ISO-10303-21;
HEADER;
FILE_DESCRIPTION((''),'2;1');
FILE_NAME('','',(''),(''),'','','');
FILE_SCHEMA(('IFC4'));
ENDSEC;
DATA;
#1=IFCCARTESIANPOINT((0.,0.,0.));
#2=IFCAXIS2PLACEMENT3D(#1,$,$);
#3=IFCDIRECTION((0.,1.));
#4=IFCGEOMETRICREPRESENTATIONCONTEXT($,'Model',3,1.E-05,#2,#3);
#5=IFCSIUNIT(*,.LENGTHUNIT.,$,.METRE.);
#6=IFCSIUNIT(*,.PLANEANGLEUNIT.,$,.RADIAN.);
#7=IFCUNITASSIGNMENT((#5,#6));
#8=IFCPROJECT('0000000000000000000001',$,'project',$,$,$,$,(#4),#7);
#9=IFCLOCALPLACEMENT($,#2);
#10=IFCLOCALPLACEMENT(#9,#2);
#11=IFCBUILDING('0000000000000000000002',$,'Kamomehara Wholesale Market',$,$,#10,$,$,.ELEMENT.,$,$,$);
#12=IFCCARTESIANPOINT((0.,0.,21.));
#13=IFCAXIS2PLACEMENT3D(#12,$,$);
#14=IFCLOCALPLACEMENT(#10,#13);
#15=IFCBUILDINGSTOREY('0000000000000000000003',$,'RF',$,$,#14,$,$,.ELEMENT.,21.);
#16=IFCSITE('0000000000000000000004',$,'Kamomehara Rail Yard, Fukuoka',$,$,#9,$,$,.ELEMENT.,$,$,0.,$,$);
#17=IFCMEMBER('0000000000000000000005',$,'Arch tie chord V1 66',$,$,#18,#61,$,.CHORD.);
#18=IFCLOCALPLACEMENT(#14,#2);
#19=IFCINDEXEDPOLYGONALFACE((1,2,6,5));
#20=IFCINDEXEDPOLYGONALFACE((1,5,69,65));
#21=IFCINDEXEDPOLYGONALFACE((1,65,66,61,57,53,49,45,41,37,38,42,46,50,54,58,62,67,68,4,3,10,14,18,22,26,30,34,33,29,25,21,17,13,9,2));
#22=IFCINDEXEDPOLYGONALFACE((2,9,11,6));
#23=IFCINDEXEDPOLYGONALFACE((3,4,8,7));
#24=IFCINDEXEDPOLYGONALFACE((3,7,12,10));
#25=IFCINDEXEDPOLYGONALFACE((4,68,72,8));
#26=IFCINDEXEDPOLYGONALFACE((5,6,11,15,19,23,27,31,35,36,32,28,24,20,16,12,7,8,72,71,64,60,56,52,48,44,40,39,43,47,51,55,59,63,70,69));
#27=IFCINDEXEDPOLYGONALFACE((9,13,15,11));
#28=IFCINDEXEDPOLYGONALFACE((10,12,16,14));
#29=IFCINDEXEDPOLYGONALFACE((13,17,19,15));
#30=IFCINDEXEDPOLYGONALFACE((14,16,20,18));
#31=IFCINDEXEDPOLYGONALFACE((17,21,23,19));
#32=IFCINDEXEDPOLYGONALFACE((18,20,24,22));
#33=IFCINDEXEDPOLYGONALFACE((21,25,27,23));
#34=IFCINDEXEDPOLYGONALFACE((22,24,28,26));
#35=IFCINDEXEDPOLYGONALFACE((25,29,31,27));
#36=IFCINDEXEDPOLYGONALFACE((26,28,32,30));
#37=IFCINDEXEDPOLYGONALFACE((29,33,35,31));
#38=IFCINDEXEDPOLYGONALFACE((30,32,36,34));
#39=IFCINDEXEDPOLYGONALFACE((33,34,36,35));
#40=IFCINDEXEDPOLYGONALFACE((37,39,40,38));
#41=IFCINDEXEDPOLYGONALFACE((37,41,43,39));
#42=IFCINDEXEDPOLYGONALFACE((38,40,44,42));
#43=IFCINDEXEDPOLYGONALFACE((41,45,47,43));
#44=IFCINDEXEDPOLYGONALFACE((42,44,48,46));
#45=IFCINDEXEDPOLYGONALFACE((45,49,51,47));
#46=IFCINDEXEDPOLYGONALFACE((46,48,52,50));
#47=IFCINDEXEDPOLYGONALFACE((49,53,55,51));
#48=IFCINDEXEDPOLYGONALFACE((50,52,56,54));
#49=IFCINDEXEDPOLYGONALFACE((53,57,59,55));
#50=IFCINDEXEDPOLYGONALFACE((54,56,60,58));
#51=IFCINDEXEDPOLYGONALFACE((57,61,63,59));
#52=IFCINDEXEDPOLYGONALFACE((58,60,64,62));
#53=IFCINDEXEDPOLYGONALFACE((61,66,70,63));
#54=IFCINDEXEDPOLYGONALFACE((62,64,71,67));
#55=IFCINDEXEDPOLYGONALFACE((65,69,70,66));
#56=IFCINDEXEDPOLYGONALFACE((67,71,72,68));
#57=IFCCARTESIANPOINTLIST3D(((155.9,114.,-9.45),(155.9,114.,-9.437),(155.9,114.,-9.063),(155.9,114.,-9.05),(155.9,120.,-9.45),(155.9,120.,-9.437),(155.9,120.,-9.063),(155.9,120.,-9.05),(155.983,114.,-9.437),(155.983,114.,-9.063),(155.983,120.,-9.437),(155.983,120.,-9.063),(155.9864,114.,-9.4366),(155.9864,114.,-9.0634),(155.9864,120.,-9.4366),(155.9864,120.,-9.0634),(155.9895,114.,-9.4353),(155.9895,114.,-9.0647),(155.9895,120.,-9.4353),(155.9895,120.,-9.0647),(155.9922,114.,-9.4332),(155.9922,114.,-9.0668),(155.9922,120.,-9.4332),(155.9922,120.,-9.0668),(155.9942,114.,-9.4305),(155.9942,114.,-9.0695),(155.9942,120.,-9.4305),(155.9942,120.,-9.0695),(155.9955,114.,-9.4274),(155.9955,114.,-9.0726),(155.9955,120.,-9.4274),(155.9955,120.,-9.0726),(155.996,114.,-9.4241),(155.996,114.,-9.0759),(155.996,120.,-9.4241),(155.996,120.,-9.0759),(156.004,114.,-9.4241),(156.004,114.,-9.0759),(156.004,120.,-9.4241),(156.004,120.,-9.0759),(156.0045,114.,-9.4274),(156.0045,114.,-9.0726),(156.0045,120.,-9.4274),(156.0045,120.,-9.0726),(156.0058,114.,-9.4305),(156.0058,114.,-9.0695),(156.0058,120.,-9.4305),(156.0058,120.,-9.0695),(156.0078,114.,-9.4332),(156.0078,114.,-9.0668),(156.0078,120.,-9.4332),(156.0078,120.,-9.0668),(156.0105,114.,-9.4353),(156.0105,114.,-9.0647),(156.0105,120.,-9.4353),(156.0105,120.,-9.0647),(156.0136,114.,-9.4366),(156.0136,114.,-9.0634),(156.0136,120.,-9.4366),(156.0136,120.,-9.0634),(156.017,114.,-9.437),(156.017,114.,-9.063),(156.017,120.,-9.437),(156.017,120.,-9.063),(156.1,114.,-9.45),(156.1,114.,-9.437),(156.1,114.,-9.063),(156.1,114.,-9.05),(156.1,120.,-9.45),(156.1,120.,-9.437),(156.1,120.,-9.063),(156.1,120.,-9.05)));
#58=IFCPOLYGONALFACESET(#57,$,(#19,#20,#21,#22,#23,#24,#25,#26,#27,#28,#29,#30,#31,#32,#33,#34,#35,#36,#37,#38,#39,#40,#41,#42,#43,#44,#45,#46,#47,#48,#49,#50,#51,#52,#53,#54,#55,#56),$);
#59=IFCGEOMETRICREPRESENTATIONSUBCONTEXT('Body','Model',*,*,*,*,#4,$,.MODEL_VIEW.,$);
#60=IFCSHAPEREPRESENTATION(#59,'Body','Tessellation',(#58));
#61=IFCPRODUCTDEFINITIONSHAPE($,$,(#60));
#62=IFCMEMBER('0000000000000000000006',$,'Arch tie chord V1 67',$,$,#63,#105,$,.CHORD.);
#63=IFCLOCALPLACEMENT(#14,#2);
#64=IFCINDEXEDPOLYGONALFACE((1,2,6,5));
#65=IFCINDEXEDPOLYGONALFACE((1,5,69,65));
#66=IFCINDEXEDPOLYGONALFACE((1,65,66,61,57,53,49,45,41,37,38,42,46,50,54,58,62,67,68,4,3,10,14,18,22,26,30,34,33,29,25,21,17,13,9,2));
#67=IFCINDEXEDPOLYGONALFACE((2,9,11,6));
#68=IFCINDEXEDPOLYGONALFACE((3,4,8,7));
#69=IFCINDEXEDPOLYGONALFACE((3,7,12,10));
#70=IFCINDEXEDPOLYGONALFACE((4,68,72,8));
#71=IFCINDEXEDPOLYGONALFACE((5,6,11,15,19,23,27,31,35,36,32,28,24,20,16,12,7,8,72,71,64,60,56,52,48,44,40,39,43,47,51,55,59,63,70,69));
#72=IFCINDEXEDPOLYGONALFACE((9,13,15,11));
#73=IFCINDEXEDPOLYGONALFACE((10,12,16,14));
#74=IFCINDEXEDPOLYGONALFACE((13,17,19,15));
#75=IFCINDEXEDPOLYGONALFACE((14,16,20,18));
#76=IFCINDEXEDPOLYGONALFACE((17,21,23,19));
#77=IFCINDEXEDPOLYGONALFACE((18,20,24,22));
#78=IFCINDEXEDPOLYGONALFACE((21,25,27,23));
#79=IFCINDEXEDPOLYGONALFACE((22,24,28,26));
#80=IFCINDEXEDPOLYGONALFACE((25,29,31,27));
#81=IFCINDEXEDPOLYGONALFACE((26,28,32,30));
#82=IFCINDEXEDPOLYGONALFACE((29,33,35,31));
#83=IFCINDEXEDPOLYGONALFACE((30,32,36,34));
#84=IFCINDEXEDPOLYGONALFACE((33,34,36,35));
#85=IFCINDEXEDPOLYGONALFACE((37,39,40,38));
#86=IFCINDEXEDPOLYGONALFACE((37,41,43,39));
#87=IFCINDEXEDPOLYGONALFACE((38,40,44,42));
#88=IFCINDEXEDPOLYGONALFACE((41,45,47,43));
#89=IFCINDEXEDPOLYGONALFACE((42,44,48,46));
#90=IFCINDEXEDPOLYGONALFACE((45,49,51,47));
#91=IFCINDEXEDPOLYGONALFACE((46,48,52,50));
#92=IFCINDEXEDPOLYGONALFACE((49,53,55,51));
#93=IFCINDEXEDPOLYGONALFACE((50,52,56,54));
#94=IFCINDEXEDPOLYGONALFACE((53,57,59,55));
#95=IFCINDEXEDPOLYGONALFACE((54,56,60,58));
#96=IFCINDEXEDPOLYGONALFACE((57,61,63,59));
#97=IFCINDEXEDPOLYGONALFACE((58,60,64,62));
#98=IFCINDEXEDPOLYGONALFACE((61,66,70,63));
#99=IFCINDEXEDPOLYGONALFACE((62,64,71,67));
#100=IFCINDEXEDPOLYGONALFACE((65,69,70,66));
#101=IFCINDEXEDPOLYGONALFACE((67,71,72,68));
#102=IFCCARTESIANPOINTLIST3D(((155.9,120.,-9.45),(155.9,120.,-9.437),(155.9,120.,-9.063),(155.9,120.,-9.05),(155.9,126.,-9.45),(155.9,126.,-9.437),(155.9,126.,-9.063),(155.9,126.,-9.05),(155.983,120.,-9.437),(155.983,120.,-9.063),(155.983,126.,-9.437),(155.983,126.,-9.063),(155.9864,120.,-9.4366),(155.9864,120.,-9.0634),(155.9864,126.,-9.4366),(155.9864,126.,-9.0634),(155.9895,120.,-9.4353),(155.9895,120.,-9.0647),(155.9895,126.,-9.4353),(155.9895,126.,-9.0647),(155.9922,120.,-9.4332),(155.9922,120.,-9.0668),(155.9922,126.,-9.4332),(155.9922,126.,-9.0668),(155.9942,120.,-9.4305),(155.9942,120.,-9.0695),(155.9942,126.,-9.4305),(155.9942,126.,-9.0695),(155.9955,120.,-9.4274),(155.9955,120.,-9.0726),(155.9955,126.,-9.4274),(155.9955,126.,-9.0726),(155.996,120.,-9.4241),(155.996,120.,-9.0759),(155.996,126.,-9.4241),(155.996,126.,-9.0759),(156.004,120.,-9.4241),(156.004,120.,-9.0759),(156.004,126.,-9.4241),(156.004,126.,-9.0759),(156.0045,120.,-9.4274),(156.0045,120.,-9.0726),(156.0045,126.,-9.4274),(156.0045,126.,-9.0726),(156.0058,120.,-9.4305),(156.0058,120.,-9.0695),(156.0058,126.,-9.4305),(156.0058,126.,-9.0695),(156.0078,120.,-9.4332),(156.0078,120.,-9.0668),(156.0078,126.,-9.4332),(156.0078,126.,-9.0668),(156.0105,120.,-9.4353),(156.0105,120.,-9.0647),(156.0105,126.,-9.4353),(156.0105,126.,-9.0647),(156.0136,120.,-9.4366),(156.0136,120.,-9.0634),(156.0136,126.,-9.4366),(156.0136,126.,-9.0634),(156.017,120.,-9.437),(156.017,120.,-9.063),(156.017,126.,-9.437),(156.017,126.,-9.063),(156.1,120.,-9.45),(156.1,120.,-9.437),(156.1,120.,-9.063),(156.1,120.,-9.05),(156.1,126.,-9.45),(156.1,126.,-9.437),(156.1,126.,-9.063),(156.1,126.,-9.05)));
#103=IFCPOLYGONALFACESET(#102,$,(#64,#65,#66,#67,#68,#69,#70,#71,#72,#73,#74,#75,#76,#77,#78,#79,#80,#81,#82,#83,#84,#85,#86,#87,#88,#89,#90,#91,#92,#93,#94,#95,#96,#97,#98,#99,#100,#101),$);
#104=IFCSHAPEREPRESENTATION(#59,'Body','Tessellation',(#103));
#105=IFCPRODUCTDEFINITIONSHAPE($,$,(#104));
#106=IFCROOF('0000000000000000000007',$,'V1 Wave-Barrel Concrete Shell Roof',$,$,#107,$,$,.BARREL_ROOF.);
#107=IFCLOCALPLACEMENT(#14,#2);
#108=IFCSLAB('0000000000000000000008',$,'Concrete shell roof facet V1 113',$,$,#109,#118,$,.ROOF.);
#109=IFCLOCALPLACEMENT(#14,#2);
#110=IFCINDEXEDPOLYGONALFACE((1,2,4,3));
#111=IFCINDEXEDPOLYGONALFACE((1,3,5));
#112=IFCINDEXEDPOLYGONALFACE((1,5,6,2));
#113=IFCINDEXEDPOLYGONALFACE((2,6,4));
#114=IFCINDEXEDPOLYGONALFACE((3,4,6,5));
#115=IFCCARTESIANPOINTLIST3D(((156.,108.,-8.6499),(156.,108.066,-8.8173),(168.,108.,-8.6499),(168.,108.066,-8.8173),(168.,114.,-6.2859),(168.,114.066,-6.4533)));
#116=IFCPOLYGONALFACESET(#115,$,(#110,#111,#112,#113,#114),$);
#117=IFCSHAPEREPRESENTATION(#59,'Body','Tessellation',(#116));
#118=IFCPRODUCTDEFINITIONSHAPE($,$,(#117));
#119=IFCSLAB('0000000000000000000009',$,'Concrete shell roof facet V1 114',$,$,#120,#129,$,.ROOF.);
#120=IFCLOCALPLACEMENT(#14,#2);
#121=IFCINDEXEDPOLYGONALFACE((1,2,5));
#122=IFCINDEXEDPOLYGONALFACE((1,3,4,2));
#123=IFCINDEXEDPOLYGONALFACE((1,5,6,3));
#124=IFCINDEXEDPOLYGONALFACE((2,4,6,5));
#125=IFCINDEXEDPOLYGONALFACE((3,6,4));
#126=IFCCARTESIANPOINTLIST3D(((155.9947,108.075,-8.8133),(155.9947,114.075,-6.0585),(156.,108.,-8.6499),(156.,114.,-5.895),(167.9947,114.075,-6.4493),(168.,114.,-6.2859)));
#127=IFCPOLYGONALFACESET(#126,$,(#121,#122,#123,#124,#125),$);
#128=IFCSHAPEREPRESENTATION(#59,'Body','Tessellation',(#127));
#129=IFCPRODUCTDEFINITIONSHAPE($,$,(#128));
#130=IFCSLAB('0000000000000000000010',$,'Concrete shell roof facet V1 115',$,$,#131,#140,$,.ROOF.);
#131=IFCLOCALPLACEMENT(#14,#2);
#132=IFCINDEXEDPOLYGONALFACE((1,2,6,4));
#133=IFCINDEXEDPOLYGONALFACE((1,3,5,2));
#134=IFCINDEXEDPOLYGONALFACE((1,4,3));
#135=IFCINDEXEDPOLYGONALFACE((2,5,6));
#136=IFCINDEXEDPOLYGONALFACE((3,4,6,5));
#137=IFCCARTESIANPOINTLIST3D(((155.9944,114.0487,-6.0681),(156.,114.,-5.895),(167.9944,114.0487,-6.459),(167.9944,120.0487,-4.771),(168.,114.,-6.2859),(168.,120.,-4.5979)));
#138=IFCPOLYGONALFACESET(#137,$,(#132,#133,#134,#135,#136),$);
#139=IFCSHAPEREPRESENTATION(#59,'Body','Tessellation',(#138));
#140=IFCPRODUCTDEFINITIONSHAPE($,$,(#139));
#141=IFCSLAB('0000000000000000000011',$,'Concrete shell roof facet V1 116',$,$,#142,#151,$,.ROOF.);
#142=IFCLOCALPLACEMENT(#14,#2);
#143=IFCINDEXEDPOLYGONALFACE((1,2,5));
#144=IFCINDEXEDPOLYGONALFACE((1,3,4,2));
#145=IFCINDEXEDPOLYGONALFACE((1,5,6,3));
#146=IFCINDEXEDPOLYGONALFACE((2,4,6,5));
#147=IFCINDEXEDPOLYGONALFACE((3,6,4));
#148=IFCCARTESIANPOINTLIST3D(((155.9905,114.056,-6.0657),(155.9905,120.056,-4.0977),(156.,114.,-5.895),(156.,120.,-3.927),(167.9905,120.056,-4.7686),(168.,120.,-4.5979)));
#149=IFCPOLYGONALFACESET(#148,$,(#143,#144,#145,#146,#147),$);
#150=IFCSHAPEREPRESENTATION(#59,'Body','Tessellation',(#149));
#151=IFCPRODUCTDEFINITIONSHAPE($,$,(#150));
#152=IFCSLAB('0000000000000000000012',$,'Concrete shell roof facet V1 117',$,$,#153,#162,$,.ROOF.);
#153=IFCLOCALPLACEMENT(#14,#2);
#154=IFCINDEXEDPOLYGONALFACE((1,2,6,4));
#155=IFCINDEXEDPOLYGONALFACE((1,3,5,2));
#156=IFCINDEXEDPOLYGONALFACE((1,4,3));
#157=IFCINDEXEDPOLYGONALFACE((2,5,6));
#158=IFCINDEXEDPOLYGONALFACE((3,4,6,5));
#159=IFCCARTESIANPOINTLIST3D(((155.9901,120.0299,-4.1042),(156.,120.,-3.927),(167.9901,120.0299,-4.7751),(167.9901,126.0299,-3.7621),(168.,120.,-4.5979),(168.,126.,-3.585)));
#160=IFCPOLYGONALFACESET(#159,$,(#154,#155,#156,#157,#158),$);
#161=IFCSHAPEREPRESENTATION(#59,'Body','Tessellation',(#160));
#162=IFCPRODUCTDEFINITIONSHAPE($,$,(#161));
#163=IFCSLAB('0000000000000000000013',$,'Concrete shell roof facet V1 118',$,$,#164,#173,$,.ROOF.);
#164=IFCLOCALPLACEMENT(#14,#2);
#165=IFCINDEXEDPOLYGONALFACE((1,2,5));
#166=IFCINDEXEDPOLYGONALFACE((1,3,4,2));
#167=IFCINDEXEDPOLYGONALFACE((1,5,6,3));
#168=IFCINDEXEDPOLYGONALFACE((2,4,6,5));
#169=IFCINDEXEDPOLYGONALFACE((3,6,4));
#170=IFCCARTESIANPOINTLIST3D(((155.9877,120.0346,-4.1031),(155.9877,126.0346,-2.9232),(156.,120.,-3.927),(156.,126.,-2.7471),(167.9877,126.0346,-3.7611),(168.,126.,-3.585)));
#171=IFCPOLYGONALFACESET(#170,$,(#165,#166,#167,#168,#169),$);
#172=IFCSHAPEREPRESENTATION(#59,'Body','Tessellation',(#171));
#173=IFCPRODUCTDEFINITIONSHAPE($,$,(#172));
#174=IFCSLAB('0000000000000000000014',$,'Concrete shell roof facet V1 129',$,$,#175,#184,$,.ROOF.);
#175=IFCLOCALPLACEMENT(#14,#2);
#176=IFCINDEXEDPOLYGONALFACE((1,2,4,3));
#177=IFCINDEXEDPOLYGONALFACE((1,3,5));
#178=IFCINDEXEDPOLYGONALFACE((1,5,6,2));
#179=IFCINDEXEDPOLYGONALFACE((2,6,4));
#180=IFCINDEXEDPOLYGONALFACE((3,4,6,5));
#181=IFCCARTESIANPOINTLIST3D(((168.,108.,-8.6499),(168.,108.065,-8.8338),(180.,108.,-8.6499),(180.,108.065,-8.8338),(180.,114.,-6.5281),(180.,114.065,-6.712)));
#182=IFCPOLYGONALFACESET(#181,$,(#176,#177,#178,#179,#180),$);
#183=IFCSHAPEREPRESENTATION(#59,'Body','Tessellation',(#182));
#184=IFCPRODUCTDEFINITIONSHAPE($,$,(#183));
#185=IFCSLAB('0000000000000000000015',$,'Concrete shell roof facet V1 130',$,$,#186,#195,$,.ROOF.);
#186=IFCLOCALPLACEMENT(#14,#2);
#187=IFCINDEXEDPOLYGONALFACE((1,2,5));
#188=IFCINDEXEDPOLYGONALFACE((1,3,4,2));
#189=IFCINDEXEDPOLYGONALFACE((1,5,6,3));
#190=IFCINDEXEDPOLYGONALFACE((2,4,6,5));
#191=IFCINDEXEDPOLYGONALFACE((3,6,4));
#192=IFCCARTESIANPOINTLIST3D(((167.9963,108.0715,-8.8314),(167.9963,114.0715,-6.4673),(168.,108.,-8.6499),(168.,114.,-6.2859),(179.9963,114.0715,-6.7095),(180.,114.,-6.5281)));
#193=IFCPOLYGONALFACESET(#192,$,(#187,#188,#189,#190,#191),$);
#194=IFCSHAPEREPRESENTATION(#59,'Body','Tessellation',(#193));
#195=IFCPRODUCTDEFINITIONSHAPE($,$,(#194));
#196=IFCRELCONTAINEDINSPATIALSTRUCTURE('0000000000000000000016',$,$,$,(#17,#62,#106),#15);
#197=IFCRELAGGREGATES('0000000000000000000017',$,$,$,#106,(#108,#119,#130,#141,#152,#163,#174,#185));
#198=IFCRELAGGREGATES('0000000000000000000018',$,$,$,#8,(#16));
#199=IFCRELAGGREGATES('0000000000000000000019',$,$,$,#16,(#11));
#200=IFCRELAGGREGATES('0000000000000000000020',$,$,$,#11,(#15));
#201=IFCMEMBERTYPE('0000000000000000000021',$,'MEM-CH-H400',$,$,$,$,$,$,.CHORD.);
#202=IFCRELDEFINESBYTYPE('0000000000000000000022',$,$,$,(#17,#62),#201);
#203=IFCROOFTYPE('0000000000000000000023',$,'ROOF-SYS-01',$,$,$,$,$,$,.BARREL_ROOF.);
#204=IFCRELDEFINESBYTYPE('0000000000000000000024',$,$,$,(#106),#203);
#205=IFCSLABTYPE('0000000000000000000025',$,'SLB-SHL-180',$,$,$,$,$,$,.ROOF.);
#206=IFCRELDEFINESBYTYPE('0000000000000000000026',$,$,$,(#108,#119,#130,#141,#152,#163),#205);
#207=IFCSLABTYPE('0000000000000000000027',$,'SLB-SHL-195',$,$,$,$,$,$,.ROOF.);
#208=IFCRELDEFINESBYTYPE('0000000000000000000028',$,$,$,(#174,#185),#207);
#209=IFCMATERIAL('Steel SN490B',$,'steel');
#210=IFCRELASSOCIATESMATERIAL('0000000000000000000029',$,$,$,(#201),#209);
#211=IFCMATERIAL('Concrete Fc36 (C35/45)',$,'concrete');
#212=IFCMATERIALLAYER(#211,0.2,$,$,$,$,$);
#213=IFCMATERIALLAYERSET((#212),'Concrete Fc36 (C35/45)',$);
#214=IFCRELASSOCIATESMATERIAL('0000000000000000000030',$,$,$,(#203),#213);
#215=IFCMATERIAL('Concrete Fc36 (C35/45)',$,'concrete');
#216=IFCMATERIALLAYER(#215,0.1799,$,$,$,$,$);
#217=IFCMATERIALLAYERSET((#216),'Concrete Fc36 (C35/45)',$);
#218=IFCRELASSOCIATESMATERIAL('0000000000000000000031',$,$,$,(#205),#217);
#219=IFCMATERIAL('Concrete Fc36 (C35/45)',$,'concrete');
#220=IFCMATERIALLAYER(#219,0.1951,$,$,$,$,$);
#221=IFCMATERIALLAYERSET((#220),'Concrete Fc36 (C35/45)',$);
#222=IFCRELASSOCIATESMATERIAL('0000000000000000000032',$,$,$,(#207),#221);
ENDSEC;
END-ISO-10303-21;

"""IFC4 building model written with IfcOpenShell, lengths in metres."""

from ifc_helpers import new_model, si_unit, direction, frame, origin, origin_2d, place, context, subcontext, project, spatial, polyline, i_section, outline, extrude, material, layer, layer_set, material_profile, profile_set, type_object, element, aggregate, save


model = new_model("IFC4")

# Units and contexts
model_context = context("Model", 3, precision=1e-05, world=origin(), true_north=direction((0.0, 1.0)))
body_context = subcontext(model_context, "Body", "Model", "MODEL_VIEW")
ifc_project = project(units=[si_unit("LENGTHUNIT", "METRE"), si_unit("PLANEANGLEUNIT", "RADIAN")], contexts=[model_context])

# Site, building, storey
site_placement = place(None, origin())
site = spatial("IfcSite", under=ifc_project, at=site_placement, Name="Kamomehara Rail Yard, Fukuoka", CompositionType="ELEMENT", RefElevation=0.0)
building_placement = place(site_placement, origin())
building = spatial("IfcBuilding", under=site, at=building_placement, Name="Kamomehara Wholesale Market", CompositionType="ELEMENT")
storey_placement = place(building_placement, frame((0.0, 0.0, 21.0)))
storey = spatial("IfcBuildingStorey", under=building, at=storey_placement, Name="RF", CompositionType="ELEMENT", Elevation=21.0)

# Members
ifc_material_1 = material(Name="Steel SN490B", Category="steel")
ifc_material_profile_1 = material_profile(ifc_material_1, i_section(OverallWidth=0.2, OverallDepth=0.3999, WebThickness=0.0081, FlangeThickness=0.0129, FilletRadius=0.0129, at=origin_2d()), Name="H-400x200x8x13")
ifc_profile_set_1 = profile_set([ifc_material_profile_1], Name="Steel SN490B")
member_type_1 = type_object("IfcMemberType", Name="MEM-CH-H400", PredefinedType="CHORD", material=ifc_profile_set_1)
for number, where, z_axis, x_axis, name in (
    (1, (156.0, 114.0, -9.25), (0.0, 1.0, 0.0), (-1.0, 0.0, 0.0), "Arch tie chord V1 66"),
    (2, (156.0, 120.0, -9.25), (0.0, 1.0, 0.0), (-1.0, 0.0, 0.0), "Arch tie chord V1 67"),
):
    element("IfcMember", number, at=place(storey_placement, frame(where, z_axis=z_axis, x_axis=x_axis)), inside=storey, type_object=member_type_1, Name=name, PredefinedType="CHORD", context=body_context, shape_type="SweptSolid", body=[
        extrude(i_section(OverallWidth=0.2, OverallDepth=0.3999, WebThickness=0.0081, FlangeThickness=0.0129, FilletRadius=0.0129, at=origin_2d()), origin(), (0.0, 0.0, 1.0), 6.0),
    ])

# Roof, slabs
ifc_material_2 = material(Name="Concrete Fc36 (C35/45)", Category="concrete")
ifc_layer_1 = layer(ifc_material_2, 0.2)
ifc_layer_set_1 = layer_set([ifc_layer_1], Name="Concrete Fc36 (C35/45)")
roof_type = type_object("IfcRoofType", Name="ROOF-SYS-01", PredefinedType="BARREL_ROOF", material=ifc_layer_set_1)
roof_placement = place(storey_placement, origin())
roof = element("IfcRoof", 3, at=roof_placement, inside=storey, type_object=roof_type, Name="V1 Wave-Barrel Concrete Shell Roof", PredefinedType="BARREL_ROOF")
ifc_material_3 = material(Name="Concrete Fc36 (C35/45)", Category="concrete")
ifc_layer_2 = layer(ifc_material_3, 0.1799)
ifc_layer_set_2 = layer_set([ifc_layer_2], Name="Concrete Fc36 (C35/45)")
slab_type_1 = type_object("IfcSlabType", Name="SLB-SHL-180", PredefinedType="ROOF", material=ifc_layer_set_2)
slab_1_placement = place(storey_placement, frame((156.0, 108.0, -8.6499), z_axis=(0.0, -0.366575, 0.930388), x_axis=(1.0, 0.0, 0.0)))
slab_1 = element("IfcSlab", 4, at=slab_1_placement, type_object=slab_type_1, Name="Concrete shell roof facet V1 113", PredefinedType="ROOF", context=body_context, shape_type="SweptSolid", body=[
    extrude(outline(polyline([(0.0, 0.0), (12.0, 0.0), (12.0, 6.4489), (0.0, 0.0)])), origin(), (0.0, 0.0, -1.0), 0.1799),
])
slab_2_placement = place(storey_placement, frame((156.0, 108.0, -8.6499), z_axis=(0.029588, -0.417083, 0.908387), x_axis=(0.880857, 0.440429, 0.17353)))
slab_2 = element("IfcSlab", 5, at=slab_2_placement, type_object=slab_type_1, Name="Concrete shell roof facet V1 114", PredefinedType="ROOF", context=body_context, shape_type="SweptSolid", body=[
    extrude(outline(polyline([(0.0, 0.0), (13.6231, 0.0), (3.1206, 5.8182), (0.0, 0.0)])), origin(), (0.0, 0.0, -1.0), 0.1799),
])
slab_3_placement = place(storey_placement, frame((156.0, 114.0, -5.895), z_axis=(0.03134, -0.270685, 0.962158), x_axis=(0.99947, 0.0, -0.032555)))
slab_3 = element("IfcSlab", 6, at=slab_3_placement, type_object=slab_type_1, Name="Concrete shell roof facet V1 115", PredefinedType="ROOF", context=body_context, shape_type="SweptSolid", body=[
    extrude(outline(polyline([(0.0, 0.0), (12.0064, 0.0), (11.9514, 6.2327), (0.0, 0.0)])), origin(), (0.0, 0.0, -1.0), 0.1799),
])
slab_4_placement = place(storey_placement, frame((156.0, 114.0, -5.895), z_axis=(0.053049, -0.311227, 0.948854), x_axis=(0.890276, 0.445138, 0.096233)))
slab_4 = element("IfcSlab", 7, at=slab_4_placement, type_object=slab_type_1, Name="Concrete shell roof facet V1 116", PredefinedType="ROOF", context=body_context, shape_type="SweptSolid", body=[
    extrude(outline(polyline([(0.0, 0.0), (13.479, 0.0), (2.8602, 5.6296), (0.0, 0.0)])), origin(), (0.0, 0.0, -1.0), 0.1799),
])
slab_5_placement = place(storey_placement, frame((156.0, 120.0, -3.927), z_axis=(0.055045, -0.166215, 0.984552), x_axis=(0.998441, 0.0, -0.055821)))
slab_5 = element("IfcSlab", 8, at=slab_5_placement, type_object=slab_type_1, Name="Concrete shell roof facet V1 117", PredefinedType="ROOF", context=body_context, shape_type="SweptSolid", body=[
    extrude(outline(polyline([(0.0, 0.0), (12.0187, 0.0), (11.9622, 6.0846), (0.0, 0.0)])), origin(), (0.0, 0.0, -1.0), 0.1799),
])
slab_6_placement = place(storey_placement, frame((156.0, 120.0, -3.927), z_axis=(0.068352, -0.192508, 0.978912), x_axis=(0.894137, 0.447068, 0.025486)))
slab_6 = element("IfcSlab", 9, at=slab_6_placement, type_object=slab_type_1, Name="Concrete shell roof facet V1 118", PredefinedType="ROOF", context=body_context, shape_type="SweptSolid", body=[
    extrude(outline(polyline([(0.0, 0.0), (13.4208, 0.0), (2.7125, 5.4804), (0.0, 0.0)])), origin(), (0.0, 0.0, -1.0), 0.1799),
])
ifc_material_4 = material(Name="Concrete Fc36 (C35/45)", Category="concrete")
ifc_layer_3 = layer(ifc_material_4, 0.1951)
ifc_layer_set_3 = layer_set([ifc_layer_3], Name="Concrete Fc36 (C35/45)")
slab_type_2 = type_object("IfcSlabType", Name="SLB-SHL-195", PredefinedType="ROOF", material=ifc_layer_set_3)
slab_7_placement = place(storey_placement, frame((168.0, 108.0, -8.6499), z_axis=(0.0, -0.333404, 0.942784), x_axis=(1.0, 0.0, 0.0)))
slab_7 = element("IfcSlab", 10, at=slab_7_placement, type_object=slab_type_2, Name="Concrete shell roof facet V1 129", PredefinedType="ROOF", context=body_context, shape_type="SweptSolid", body=[
    extrude(outline(polyline([(0.0, 0.0), (12.0, 0.0), (12.0, 6.3641), (0.0, 0.0)])), origin(), (0.0, 0.0, -1.0), 0.1951),
])
slab_8_placement = place(storey_placement, frame((168.0, 108.0, -8.6499), z_axis=(0.018774, -0.366511, 0.930224), x_axis=(0.883447, 0.441724, 0.15621)))
slab_8 = element("IfcSlab", 11, at=slab_8_placement, type_object=slab_type_2, Name="Concrete shell roof facet V1 130", PredefinedType="ROOF", context=body_context, shape_type="SweptSolid", body=[
    extrude(outline(polyline([(0.0, 0.0), (13.5832, 0.0), (3.0196, 5.6983), (0.0, 0.0)])), origin(), (0.0, 0.0, -1.0), 0.1951),
])
aggregate(roof, [slab_1, slab_2, slab_3, slab_4, slab_5, slab_6, slab_7, slab_8])

save(model, "model.ifc")
